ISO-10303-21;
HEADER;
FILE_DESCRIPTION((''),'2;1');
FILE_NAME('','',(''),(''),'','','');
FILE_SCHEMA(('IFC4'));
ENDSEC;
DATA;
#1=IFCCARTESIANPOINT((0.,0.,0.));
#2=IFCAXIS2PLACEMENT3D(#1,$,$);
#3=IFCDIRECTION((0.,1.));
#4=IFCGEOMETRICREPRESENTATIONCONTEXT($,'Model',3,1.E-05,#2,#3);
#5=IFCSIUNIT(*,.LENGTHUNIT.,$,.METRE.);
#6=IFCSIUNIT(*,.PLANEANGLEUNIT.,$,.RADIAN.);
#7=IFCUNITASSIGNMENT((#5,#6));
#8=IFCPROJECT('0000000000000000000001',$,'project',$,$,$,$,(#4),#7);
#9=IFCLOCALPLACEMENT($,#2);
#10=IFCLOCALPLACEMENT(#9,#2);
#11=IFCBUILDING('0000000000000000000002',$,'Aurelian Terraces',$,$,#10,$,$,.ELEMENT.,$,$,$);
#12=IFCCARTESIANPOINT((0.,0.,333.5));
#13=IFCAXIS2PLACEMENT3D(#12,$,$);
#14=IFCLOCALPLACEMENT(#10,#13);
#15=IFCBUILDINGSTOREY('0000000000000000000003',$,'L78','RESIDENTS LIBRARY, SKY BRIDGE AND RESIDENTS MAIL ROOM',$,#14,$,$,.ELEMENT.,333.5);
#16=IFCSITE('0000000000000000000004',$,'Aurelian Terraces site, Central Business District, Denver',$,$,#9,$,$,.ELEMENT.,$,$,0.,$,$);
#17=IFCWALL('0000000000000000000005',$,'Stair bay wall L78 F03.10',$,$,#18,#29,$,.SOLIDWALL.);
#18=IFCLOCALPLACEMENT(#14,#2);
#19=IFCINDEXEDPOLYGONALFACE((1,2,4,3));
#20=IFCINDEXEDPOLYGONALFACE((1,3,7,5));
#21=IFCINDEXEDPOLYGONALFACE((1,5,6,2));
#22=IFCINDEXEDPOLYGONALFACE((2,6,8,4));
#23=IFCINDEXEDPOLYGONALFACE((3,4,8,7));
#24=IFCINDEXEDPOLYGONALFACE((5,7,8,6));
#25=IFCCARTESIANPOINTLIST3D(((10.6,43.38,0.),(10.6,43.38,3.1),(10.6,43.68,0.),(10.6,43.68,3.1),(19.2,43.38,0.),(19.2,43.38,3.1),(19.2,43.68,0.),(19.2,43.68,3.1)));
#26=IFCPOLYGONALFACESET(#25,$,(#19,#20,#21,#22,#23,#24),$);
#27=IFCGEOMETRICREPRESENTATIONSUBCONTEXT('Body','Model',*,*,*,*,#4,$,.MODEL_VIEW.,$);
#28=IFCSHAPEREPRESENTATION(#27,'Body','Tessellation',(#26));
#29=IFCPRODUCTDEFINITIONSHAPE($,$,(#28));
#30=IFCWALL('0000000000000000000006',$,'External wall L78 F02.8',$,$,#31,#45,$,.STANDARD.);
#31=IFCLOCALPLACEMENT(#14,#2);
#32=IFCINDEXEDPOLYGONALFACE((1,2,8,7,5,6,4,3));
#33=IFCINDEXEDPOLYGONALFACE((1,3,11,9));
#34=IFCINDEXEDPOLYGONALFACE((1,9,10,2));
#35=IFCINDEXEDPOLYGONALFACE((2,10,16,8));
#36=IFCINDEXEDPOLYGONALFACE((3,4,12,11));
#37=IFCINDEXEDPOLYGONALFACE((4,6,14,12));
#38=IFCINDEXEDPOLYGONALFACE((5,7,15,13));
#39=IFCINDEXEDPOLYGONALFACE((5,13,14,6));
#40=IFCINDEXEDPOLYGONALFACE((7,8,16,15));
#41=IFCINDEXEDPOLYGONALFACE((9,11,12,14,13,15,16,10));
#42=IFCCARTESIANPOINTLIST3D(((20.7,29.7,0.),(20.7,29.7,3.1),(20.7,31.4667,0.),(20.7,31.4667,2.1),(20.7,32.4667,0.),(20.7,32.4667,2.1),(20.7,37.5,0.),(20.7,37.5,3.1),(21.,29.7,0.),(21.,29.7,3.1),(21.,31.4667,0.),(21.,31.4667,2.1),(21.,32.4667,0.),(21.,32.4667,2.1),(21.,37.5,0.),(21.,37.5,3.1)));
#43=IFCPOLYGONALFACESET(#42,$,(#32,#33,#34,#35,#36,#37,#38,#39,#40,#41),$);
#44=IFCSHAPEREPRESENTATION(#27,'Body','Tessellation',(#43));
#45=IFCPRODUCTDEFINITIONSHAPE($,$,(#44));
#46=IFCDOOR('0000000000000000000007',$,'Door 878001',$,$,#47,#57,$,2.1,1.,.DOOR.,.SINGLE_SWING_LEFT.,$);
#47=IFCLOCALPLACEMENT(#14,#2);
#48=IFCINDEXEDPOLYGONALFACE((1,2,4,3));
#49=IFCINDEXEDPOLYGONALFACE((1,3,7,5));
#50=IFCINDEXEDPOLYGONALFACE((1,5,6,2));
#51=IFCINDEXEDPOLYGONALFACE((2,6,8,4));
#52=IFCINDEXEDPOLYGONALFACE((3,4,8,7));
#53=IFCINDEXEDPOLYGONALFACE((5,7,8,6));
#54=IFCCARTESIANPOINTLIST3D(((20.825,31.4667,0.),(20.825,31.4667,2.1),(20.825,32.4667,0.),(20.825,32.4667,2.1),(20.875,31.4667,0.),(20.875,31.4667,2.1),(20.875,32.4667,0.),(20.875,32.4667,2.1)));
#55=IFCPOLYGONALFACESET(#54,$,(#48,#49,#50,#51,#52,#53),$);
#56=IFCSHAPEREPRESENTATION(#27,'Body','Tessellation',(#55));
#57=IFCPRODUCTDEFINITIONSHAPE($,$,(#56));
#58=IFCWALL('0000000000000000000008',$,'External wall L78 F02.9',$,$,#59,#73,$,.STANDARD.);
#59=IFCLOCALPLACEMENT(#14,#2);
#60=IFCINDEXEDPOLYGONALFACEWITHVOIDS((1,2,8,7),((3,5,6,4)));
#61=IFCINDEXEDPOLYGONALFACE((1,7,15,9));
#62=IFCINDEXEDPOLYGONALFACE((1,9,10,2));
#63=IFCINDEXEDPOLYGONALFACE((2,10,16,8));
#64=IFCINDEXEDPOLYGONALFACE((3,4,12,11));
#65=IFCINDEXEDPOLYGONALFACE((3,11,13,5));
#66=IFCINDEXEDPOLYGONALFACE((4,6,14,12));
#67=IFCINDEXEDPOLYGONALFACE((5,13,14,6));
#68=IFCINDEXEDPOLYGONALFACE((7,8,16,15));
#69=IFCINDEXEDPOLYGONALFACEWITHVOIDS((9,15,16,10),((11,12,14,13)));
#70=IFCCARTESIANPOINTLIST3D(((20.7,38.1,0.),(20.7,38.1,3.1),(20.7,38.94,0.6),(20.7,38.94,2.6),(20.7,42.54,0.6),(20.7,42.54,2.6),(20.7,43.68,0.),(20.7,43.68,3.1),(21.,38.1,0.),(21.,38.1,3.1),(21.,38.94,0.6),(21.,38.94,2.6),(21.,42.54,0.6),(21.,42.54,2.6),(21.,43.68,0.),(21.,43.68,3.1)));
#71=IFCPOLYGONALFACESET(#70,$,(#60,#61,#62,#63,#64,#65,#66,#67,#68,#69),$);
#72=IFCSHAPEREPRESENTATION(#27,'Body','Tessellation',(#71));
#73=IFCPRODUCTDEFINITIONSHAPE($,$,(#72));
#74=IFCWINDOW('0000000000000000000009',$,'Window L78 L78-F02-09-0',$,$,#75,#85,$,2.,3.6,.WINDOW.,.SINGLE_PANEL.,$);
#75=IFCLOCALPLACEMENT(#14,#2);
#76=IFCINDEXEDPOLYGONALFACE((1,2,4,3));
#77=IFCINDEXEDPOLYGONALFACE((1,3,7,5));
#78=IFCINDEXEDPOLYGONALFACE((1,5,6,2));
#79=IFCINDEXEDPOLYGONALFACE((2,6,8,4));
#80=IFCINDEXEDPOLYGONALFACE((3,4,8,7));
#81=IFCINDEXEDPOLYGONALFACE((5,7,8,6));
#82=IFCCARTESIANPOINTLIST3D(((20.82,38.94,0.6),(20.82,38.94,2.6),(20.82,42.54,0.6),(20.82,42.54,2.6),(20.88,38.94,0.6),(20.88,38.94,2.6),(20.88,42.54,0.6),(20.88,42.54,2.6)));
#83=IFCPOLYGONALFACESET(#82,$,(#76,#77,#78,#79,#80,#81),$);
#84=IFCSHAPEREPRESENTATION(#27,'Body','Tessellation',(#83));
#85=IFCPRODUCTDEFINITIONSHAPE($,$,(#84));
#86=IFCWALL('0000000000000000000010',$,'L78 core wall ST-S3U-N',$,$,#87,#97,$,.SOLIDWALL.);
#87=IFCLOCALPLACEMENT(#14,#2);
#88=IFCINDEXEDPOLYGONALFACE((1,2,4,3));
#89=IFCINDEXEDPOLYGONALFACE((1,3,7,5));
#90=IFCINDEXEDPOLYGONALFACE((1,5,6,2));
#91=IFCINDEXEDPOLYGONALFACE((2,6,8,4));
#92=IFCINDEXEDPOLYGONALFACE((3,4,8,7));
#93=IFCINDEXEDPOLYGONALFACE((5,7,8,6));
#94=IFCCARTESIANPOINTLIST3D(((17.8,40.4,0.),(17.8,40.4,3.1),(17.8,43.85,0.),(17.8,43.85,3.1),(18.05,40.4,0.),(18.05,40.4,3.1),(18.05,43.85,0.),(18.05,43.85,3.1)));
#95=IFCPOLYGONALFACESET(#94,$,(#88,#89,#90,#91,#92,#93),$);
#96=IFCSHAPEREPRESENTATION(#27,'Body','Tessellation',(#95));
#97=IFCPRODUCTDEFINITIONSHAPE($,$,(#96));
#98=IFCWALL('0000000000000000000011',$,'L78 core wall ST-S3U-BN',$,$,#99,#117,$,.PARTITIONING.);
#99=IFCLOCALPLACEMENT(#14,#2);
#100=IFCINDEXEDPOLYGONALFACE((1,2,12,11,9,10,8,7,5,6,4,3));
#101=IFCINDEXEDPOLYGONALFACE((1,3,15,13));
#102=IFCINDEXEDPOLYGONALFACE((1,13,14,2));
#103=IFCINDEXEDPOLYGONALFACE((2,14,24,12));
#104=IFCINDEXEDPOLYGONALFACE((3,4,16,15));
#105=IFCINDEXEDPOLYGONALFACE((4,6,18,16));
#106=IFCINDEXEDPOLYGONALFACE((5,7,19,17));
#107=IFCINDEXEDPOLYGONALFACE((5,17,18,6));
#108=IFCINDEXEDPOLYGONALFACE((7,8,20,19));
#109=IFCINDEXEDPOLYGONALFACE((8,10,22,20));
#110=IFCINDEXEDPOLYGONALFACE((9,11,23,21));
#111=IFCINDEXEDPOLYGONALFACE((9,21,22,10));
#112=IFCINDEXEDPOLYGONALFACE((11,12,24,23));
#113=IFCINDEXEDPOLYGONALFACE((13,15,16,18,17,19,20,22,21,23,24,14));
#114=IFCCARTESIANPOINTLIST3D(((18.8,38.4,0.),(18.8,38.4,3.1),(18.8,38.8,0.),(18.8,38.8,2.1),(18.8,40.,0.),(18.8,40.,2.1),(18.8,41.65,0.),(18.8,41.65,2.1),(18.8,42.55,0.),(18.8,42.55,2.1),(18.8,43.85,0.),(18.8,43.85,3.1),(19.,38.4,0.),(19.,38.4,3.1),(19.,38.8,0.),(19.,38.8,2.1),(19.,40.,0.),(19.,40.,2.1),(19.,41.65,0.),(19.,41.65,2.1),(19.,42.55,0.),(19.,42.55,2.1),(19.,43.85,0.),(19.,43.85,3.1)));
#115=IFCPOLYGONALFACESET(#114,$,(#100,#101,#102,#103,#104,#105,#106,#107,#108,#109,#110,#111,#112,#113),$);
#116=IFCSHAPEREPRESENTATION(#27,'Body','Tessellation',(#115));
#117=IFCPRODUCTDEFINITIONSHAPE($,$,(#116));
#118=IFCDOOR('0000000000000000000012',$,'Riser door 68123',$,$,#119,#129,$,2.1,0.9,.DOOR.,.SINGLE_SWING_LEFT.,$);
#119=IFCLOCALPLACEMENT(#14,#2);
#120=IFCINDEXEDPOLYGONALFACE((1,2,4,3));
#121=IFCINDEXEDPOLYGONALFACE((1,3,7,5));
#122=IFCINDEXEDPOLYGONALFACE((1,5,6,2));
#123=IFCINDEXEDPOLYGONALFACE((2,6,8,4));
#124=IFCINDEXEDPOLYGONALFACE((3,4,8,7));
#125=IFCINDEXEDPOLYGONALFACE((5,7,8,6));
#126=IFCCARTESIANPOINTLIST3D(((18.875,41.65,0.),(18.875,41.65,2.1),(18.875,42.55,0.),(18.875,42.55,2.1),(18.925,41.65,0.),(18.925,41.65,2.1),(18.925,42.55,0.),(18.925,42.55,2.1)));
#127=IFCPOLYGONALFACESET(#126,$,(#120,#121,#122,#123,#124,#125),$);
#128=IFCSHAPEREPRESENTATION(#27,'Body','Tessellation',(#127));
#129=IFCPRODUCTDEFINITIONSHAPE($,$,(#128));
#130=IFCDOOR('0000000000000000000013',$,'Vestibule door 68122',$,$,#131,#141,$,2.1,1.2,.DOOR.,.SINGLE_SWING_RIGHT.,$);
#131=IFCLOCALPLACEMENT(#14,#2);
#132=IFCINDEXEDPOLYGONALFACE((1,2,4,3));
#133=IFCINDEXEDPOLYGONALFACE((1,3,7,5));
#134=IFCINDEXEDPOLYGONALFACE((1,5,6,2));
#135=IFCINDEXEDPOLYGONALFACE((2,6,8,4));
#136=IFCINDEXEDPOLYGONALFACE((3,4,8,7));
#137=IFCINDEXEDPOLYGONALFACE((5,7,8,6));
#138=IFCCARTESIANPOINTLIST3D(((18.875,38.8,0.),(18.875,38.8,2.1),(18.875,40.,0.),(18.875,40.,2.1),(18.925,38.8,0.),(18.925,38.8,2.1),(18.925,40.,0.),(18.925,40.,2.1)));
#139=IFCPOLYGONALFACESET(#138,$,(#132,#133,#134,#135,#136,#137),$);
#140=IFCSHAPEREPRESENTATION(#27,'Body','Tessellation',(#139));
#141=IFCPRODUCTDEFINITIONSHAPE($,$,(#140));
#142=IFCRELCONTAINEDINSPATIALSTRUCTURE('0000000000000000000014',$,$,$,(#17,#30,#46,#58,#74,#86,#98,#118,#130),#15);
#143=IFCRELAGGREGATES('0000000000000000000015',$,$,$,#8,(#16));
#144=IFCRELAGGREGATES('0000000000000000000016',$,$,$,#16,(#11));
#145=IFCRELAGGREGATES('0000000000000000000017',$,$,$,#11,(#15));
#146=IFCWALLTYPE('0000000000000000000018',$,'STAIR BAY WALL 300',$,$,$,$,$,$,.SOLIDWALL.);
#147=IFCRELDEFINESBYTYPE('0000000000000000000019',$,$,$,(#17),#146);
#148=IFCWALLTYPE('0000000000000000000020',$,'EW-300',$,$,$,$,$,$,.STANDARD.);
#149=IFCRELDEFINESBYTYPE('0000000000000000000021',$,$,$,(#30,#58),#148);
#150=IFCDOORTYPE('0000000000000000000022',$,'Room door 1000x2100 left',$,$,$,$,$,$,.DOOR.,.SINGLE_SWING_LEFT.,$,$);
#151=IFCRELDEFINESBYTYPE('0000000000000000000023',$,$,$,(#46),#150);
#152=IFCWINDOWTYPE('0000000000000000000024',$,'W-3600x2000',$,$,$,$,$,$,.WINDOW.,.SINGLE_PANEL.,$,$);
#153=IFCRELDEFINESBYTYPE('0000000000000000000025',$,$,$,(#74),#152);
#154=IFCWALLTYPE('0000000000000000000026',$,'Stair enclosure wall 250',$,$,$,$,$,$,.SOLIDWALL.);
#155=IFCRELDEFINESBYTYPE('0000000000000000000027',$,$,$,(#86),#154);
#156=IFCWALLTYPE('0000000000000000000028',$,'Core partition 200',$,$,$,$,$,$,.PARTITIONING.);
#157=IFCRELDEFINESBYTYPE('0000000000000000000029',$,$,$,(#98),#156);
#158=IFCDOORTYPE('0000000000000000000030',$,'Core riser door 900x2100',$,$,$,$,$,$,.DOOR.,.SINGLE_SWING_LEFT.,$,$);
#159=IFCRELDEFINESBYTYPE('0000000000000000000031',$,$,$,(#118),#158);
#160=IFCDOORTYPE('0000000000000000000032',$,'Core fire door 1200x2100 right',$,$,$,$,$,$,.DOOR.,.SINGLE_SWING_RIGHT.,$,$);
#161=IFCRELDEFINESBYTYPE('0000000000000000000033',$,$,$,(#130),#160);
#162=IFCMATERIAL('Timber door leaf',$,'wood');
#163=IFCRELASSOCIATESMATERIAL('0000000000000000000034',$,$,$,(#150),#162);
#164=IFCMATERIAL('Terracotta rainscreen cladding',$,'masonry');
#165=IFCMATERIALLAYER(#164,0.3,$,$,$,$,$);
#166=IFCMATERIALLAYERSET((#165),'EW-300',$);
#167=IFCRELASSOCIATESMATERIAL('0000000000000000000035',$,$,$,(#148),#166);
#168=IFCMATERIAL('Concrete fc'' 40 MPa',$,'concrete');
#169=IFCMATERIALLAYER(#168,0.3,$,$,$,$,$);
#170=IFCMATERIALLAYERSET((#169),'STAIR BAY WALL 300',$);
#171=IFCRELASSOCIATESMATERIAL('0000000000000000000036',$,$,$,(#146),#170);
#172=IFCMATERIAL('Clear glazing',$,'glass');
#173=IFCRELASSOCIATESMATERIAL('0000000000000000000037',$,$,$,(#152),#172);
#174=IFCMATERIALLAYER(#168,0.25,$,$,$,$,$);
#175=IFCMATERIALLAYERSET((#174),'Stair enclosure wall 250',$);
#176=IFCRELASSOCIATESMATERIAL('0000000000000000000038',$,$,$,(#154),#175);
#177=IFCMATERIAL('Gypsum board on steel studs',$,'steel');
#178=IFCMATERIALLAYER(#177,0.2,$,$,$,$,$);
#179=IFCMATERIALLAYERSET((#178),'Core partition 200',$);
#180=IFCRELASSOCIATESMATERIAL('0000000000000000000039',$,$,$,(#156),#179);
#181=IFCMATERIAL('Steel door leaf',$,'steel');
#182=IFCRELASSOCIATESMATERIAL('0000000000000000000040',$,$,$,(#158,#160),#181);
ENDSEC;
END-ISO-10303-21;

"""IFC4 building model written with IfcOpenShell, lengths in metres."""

from ifc_helpers import new_model, si_unit, direction, frame, frame_2d, origin, place, context, subcontext, project, spatial, rectangle, extrude, source, transform, mapped, material, layer, layer_set, type_object, element, fill, save


model = new_model("IFC4")

# Units and contexts
model_context = context("Model", 3, precision=1e-05, world=origin(), true_north=direction((0.0, 1.0)))
body_context = subcontext(model_context, "Body", "Model", "MODEL_VIEW")
ifc_project = project(units=[si_unit("LENGTHUNIT", "METRE"), si_unit("PLANEANGLEUNIT", "RADIAN")], contexts=[model_context])

# Site, building, storey
site_placement = place(None, origin())
site = spatial("IfcSite", under=ifc_project, at=site_placement, Name="Aurelian Terraces site, Central Business District, Denver", CompositionType="ELEMENT", RefElevation=0.0)
building_placement = place(site_placement, origin())
building = spatial("IfcBuilding", under=site, at=building_placement, Name="Aurelian Terraces", CompositionType="ELEMENT")
storey_placement = place(building_placement, frame((0.0, 0.0, 333.5)))
storey = spatial("IfcBuildingStorey", under=building, at=storey_placement, Name="L78", Description="RESIDENTS LIBRARY, SKY BRIDGE AND RESIDENTS MAIL ROOM", CompositionType="ELEMENT", Elevation=333.5)

# Shared definitions
ifc_material_1 = material(Name="Gypsum board on steel studs", Category="steel")
ifc_material_2 = material(Name="Timber door leaf", Category="wood")
door_type_1 = type_object("IfcDoorType", Name="Room door 1000x2100 left", OperationType="SINGLE_SWING_LEFT", PredefinedType="DOOR", material=ifc_material_2)
shared_shape_1 = source(origin(), body_context, "Body", "SweptSolid", [
    extrude(rectangle(XDim=1.0, YDim=2.1, at=frame_2d((0.5, 1.05))), frame((0.0, 0.025, 0.0), z_axis=(0.0, -1.0, 0.0), x_axis=(1.0, 0.0, 0.0)), (0.0, 0.0, 1.0), 0.05),
])
shared_shape_2 = source(origin(), body_context, "Body", "SweptSolid", [
    extrude(rectangle(XDim=1.2, YDim=2.1, at=frame_2d((0.6, 1.05))), frame((0.0, 0.025, 0.0), z_axis=(0.0, -1.0, 0.0), x_axis=(1.0, 0.0, 0.0)), (0.0, 0.0, 1.0), 0.05),
])

# Shared definitions
ifc_material_3 = material(Name="Concrete fc' 40 MPa", Category="concrete")
ifc_material_4 = material(Name="Clear glazing", Category="glass")

# Wall
ifc_material_5 = material(Name="Terracotta rainscreen cladding", Category="masonry")
ifc_layer_1 = layer(ifc_material_5, 0.3)
ifc_layer_set_1 = layer_set([ifc_layer_1], Name="EW-300")
wall_type_1 = type_object("IfcWallType", Name="EW-300", PredefinedType="STANDARD", material=ifc_layer_set_1)
ifc_layer_2 = layer(ifc_material_3, 0.3)
ifc_layer_set_2 = layer_set([ifc_layer_2], Name="STAIR BAY WALL 300")
wall_type_2 = type_object("IfcWallType", Name="STAIR BAY WALL 300", PredefinedType="SOLIDWALL", material=ifc_layer_set_2)
shared_shape_3 = source(origin(), body_context, "Body", "SweptSolid", [
    extrude(rectangle(XDim=8.6, YDim=0.3, at=frame_2d((4.3, 0.0))), origin(), (0.0, 0.0, 1.0), 3.1),
])
wall_1_placement = place(storey_placement, frame((19.2, 43.53, 0.0), z_axis=(0.0, 0.0, 1.0), x_axis=(-1.0, 0.0, 0.0)))
element("IfcWall", 1, at=wall_1_placement, inside=storey, type_object=wall_type_2, Name="Stair bay wall L78 F03.10", PredefinedType="SOLIDWALL", context=body_context, shape_type="MappedRepresentation", body=[
    mapped(shared_shape_3, transform((0.0, 0.0, 0.0), scale=1.0)),
])

# Wall, opening, door
shared_shape_4 = source(origin(), body_context, "Body", "SweptSolid", [
    extrude(rectangle(XDim=7.8, YDim=0.3, at=frame_2d((3.9, 0.0))), origin(), (0.0, 0.0, 1.0), 3.1),
])
wall_2_placement = place(storey_placement, frame((20.85, 29.7, 0.0), z_axis=(0.0, 0.0, 1.0), x_axis=(0.0, 1.0, 0.0)))
wall_2 = element("IfcWall", 2, at=wall_2_placement, inside=storey, type_object=wall_type_1, Name="External wall L78 F02.8", PredefinedType="STANDARD", context=body_context, shape_type="MappedRepresentation", body=[
    mapped(shared_shape_4, transform((0.0, 0.0, 0.0), scale=1.0)),
])
shared_shape_5 = source(origin(), body_context, "Body", "SweptSolid", [
    extrude(rectangle(XDim=1.0, YDim=2.1, at=frame_2d((0.5, 1.05))), frame((0.0, 0.16, 0.0), z_axis=(0.0, -1.0, 0.0), x_axis=(1.0, 0.0, 0.0)), (0.0, 0.0, 1.0), 0.32),
])
opening_1_placement = place(wall_2_placement, frame((1.7667, 0.0, 0.0)))
opening_1 = element("IfcOpeningElement", 3, at=opening_1_placement, cuts=wall_2, PredefinedType="OPENING", context=body_context, shape_type="MappedRepresentation", body=[
    mapped(shared_shape_5, transform((0.0, 0.0, 0.0), scale=1.0)),
])
door_1_placement = place(opening_1_placement, origin())
door_1 = element("IfcDoor", 4, at=door_1_placement, inside=storey, type_object=door_type_1, Name="Door 878001", OperationType="SINGLE_SWING_LEFT", OverallHeight=2.1, OverallWidth=1.0, PredefinedType="DOOR", context=body_context, shape_type="MappedRepresentation", body=[
    mapped(shared_shape_1, transform((0.0, 0.0, 0.0), scale=1.0)),
])
fill(opening_1, door_1)

# Wall, opening, window
shared_shape_6 = source(origin(), body_context, "Body", "SweptSolid", [
    extrude(rectangle(XDim=5.58, YDim=0.3, at=frame_2d((2.79, 0.0))), origin(), (0.0, 0.0, 1.0), 3.1),
])
wall_3_placement = place(storey_placement, frame((20.85, 38.1, 0.0), z_axis=(0.0, 0.0, 1.0), x_axis=(0.0, 1.0, 0.0)))
wall_3 = element("IfcWall", 5, at=wall_3_placement, inside=storey, type_object=wall_type_1, Name="External wall L78 F02.9", PredefinedType="STANDARD", context=body_context, shape_type="MappedRepresentation", body=[
    mapped(shared_shape_6, transform((0.0, 0.0, 0.0), scale=1.0)),
])
shared_shape_7 = source(origin(), body_context, "Body", "SweptSolid", [
    extrude(rectangle(XDim=3.6, YDim=2.0, at=frame_2d((1.8, 1.0))), frame((0.0, 0.16, 0.0), z_axis=(0.0, -1.0, 0.0), x_axis=(1.0, 0.0, 0.0)), (0.0, 0.0, 1.0), 0.32),
])
opening_2_placement = place(wall_3_placement, frame((0.84, 0.0, 0.6)))
opening_2 = element("IfcOpeningElement", 6, at=opening_2_placement, cuts=wall_3, PredefinedType="OPENING", context=body_context, shape_type="MappedRepresentation", body=[
    mapped(shared_shape_7, transform((0.0, 0.0, 0.0), scale=1.0)),
])
window_type_1 = type_object("IfcWindowType", Name="W-3600x2000", PartitioningType="SINGLE_PANEL", PredefinedType="WINDOW", material=ifc_material_4)
shared_shape_8 = source(origin(), body_context, "Body", "SweptSolid", [
    extrude(rectangle(XDim=3.6, YDim=2.0, at=frame_2d((1.8, 1.0))), frame((0.0, 0.03, 0.0), z_axis=(0.0, -1.0, 0.0), x_axis=(1.0, 0.0, 0.0)), (0.0, 0.0, 1.0), 0.06),
])
window_1_placement = place(opening_2_placement, origin())
window_1 = element("IfcWindow", 7, at=window_1_placement, inside=storey, type_object=window_type_1, Name="Window L78 L78-F02-09-0", OverallHeight=2.0, OverallWidth=3.6, PartitioningType="SINGLE_PANEL", PredefinedType="WINDOW", context=body_context, shape_type="MappedRepresentation", body=[
    mapped(shared_shape_8, transform((0.0, 0.0, 0.0), scale=1.0)),
])
fill(opening_2, window_1)

# Wall
ifc_layer_3 = layer(ifc_material_3, 0.25)
ifc_layer_set_3 = layer_set([ifc_layer_3], Name="Stair enclosure wall 250")
wall_type_3 = type_object("IfcWallType", Name="Stair enclosure wall 250", PredefinedType="SOLIDWALL", material=ifc_layer_set_3)
shared_shape_9 = source(origin(), body_context, "Body", "SweptSolid", [
    extrude(rectangle(XDim=3.45, YDim=0.25, at=frame_2d((1.725, 0.0))), origin(), (0.0, 0.0, 1.0), 3.1),
])
wall_4_placement = place(storey_placement, frame((17.925, 40.4, 0.0), z_axis=(0.0, 0.0, 1.0), x_axis=(0.0, 1.0, 0.0)))
element("IfcWall", 8, at=wall_4_placement, inside=storey, type_object=wall_type_3, Name="L78 core wall ST-S3U-N", PredefinedType="SOLIDWALL", context=body_context, shape_type="MappedRepresentation", body=[
    mapped(shared_shape_9, transform((0.0, 0.0, 0.0), scale=1.0)),
])

# Wall, openings, doors
ifc_layer_4 = layer(ifc_material_1, 0.2)
ifc_layer_set_4 = layer_set([ifc_layer_4], Name="Core partition 200")
wall_type_4 = type_object("IfcWallType", Name="Core partition 200", PredefinedType="PARTITIONING", material=ifc_layer_set_4)
shared_shape_10 = source(origin(), body_context, "Body", "SweptSolid", [
    extrude(rectangle(XDim=5.45, YDim=0.2, at=frame_2d((2.725, 0.0))), origin(), (0.0, 0.0, 1.0), 3.1),
])
wall_5_placement = place(storey_placement, frame((18.9, 38.4, 0.0), z_axis=(0.0, 0.0, 1.0), x_axis=(0.0, 1.0, 0.0)))
wall_5 = element("IfcWall", 9, at=wall_5_placement, inside=storey, type_object=wall_type_4, Name="L78 core wall ST-S3U-BN", PredefinedType="PARTITIONING", context=body_context, shape_type="MappedRepresentation", body=[
    mapped(shared_shape_10, transform((0.0, 0.0, 0.0), scale=1.0)),
])
shared_shape_11 = source(origin(), body_context, "Body", "SweptSolid", [
    extrude(rectangle(XDim=1.2, YDim=2.1, at=frame_2d((0.6, 1.05))), frame((0.0, 0.11, 0.0), z_axis=(0.0, -1.0, 0.0), x_axis=(1.0, 0.0, 0.0)), (0.0, 0.0, 1.0), 0.22),
])
opening_3_placement = place(wall_5_placement, frame((0.4, 0.0, 0.0)))
opening_3 = element("IfcOpeningElement", 10, at=opening_3_placement, cuts=wall_5, PredefinedType="OPENING", context=body_context, shape_type="MappedRepresentation", body=[
    mapped(shared_shape_11, transform((0.0, 0.0, 0.0), scale=1.0)),
])
shared_shape_12 = source(origin(), body_context, "Body", "SweptSolid", [
    extrude(rectangle(XDim=0.9, YDim=2.1, at=frame_2d((0.45, 1.05))), frame((0.0, 0.11, 0.0), z_axis=(0.0, -1.0, 0.0), x_axis=(1.0, 0.0, 0.0)), (0.0, 0.0, 1.0), 0.22),
])
opening_4_placement = place(wall_5_placement, frame((3.25, 0.0, 0.0)))
opening_4 = element("IfcOpeningElement", 11, at=opening_4_placement, cuts=wall_5, PredefinedType="OPENING", context=body_context, shape_type="MappedRepresentation", body=[
    mapped(shared_shape_12, transform((0.0, 0.0, 0.0), scale=1.0)),
])
ifc_material_6 = material(Name="Steel door leaf", Category="steel")
door_type_2 = type_object("IfcDoorType", Name="Core riser door 900x2100", OperationType="SINGLE_SWING_LEFT", PredefinedType="DOOR", material=ifc_material_6)
shared_shape_13 = source(origin(), body_context, "Body", "SweptSolid", [
    extrude(rectangle(XDim=0.9, YDim=2.1, at=frame_2d((0.45, 1.05))), frame((0.0, 0.025, 0.0), z_axis=(0.0, -1.0, 0.0), x_axis=(1.0, 0.0, 0.0)), (0.0, 0.0, 1.0), 0.05),
])
door_2_placement = place(opening_4_placement, origin())
door_2 = element("IfcDoor", 12, at=door_2_placement, inside=storey, type_object=door_type_2, Name="Riser door 68123", OperationType="SINGLE_SWING_LEFT", OverallHeight=2.1, OverallWidth=0.9, PredefinedType="DOOR", context=body_context, shape_type="MappedRepresentation", body=[
    mapped(shared_shape_13, transform((0.0, 0.0, 0.0), scale=1.0)),
])
fill(opening_4, door_2)
door_type_3 = type_object("IfcDoorType", Name="Core fire door 1200x2100 right", OperationType="SINGLE_SWING_RIGHT", PredefinedType="DOOR", material=ifc_material_6)
door_3_placement = place(opening_3_placement, origin())
door_3 = element("IfcDoor", 13, at=door_3_placement, inside=storey, type_object=door_type_3, Name="Vestibule door 68122", OperationType="SINGLE_SWING_RIGHT", OverallHeight=2.1, OverallWidth=1.2, PredefinedType="DOOR", context=body_context, shape_type="MappedRepresentation", body=[
    mapped(shared_shape_2, transform((0.0, 0.0, 0.0), scale=1.0)),
])
fill(opening_3, door_3)

save(model, "model.ifc")
